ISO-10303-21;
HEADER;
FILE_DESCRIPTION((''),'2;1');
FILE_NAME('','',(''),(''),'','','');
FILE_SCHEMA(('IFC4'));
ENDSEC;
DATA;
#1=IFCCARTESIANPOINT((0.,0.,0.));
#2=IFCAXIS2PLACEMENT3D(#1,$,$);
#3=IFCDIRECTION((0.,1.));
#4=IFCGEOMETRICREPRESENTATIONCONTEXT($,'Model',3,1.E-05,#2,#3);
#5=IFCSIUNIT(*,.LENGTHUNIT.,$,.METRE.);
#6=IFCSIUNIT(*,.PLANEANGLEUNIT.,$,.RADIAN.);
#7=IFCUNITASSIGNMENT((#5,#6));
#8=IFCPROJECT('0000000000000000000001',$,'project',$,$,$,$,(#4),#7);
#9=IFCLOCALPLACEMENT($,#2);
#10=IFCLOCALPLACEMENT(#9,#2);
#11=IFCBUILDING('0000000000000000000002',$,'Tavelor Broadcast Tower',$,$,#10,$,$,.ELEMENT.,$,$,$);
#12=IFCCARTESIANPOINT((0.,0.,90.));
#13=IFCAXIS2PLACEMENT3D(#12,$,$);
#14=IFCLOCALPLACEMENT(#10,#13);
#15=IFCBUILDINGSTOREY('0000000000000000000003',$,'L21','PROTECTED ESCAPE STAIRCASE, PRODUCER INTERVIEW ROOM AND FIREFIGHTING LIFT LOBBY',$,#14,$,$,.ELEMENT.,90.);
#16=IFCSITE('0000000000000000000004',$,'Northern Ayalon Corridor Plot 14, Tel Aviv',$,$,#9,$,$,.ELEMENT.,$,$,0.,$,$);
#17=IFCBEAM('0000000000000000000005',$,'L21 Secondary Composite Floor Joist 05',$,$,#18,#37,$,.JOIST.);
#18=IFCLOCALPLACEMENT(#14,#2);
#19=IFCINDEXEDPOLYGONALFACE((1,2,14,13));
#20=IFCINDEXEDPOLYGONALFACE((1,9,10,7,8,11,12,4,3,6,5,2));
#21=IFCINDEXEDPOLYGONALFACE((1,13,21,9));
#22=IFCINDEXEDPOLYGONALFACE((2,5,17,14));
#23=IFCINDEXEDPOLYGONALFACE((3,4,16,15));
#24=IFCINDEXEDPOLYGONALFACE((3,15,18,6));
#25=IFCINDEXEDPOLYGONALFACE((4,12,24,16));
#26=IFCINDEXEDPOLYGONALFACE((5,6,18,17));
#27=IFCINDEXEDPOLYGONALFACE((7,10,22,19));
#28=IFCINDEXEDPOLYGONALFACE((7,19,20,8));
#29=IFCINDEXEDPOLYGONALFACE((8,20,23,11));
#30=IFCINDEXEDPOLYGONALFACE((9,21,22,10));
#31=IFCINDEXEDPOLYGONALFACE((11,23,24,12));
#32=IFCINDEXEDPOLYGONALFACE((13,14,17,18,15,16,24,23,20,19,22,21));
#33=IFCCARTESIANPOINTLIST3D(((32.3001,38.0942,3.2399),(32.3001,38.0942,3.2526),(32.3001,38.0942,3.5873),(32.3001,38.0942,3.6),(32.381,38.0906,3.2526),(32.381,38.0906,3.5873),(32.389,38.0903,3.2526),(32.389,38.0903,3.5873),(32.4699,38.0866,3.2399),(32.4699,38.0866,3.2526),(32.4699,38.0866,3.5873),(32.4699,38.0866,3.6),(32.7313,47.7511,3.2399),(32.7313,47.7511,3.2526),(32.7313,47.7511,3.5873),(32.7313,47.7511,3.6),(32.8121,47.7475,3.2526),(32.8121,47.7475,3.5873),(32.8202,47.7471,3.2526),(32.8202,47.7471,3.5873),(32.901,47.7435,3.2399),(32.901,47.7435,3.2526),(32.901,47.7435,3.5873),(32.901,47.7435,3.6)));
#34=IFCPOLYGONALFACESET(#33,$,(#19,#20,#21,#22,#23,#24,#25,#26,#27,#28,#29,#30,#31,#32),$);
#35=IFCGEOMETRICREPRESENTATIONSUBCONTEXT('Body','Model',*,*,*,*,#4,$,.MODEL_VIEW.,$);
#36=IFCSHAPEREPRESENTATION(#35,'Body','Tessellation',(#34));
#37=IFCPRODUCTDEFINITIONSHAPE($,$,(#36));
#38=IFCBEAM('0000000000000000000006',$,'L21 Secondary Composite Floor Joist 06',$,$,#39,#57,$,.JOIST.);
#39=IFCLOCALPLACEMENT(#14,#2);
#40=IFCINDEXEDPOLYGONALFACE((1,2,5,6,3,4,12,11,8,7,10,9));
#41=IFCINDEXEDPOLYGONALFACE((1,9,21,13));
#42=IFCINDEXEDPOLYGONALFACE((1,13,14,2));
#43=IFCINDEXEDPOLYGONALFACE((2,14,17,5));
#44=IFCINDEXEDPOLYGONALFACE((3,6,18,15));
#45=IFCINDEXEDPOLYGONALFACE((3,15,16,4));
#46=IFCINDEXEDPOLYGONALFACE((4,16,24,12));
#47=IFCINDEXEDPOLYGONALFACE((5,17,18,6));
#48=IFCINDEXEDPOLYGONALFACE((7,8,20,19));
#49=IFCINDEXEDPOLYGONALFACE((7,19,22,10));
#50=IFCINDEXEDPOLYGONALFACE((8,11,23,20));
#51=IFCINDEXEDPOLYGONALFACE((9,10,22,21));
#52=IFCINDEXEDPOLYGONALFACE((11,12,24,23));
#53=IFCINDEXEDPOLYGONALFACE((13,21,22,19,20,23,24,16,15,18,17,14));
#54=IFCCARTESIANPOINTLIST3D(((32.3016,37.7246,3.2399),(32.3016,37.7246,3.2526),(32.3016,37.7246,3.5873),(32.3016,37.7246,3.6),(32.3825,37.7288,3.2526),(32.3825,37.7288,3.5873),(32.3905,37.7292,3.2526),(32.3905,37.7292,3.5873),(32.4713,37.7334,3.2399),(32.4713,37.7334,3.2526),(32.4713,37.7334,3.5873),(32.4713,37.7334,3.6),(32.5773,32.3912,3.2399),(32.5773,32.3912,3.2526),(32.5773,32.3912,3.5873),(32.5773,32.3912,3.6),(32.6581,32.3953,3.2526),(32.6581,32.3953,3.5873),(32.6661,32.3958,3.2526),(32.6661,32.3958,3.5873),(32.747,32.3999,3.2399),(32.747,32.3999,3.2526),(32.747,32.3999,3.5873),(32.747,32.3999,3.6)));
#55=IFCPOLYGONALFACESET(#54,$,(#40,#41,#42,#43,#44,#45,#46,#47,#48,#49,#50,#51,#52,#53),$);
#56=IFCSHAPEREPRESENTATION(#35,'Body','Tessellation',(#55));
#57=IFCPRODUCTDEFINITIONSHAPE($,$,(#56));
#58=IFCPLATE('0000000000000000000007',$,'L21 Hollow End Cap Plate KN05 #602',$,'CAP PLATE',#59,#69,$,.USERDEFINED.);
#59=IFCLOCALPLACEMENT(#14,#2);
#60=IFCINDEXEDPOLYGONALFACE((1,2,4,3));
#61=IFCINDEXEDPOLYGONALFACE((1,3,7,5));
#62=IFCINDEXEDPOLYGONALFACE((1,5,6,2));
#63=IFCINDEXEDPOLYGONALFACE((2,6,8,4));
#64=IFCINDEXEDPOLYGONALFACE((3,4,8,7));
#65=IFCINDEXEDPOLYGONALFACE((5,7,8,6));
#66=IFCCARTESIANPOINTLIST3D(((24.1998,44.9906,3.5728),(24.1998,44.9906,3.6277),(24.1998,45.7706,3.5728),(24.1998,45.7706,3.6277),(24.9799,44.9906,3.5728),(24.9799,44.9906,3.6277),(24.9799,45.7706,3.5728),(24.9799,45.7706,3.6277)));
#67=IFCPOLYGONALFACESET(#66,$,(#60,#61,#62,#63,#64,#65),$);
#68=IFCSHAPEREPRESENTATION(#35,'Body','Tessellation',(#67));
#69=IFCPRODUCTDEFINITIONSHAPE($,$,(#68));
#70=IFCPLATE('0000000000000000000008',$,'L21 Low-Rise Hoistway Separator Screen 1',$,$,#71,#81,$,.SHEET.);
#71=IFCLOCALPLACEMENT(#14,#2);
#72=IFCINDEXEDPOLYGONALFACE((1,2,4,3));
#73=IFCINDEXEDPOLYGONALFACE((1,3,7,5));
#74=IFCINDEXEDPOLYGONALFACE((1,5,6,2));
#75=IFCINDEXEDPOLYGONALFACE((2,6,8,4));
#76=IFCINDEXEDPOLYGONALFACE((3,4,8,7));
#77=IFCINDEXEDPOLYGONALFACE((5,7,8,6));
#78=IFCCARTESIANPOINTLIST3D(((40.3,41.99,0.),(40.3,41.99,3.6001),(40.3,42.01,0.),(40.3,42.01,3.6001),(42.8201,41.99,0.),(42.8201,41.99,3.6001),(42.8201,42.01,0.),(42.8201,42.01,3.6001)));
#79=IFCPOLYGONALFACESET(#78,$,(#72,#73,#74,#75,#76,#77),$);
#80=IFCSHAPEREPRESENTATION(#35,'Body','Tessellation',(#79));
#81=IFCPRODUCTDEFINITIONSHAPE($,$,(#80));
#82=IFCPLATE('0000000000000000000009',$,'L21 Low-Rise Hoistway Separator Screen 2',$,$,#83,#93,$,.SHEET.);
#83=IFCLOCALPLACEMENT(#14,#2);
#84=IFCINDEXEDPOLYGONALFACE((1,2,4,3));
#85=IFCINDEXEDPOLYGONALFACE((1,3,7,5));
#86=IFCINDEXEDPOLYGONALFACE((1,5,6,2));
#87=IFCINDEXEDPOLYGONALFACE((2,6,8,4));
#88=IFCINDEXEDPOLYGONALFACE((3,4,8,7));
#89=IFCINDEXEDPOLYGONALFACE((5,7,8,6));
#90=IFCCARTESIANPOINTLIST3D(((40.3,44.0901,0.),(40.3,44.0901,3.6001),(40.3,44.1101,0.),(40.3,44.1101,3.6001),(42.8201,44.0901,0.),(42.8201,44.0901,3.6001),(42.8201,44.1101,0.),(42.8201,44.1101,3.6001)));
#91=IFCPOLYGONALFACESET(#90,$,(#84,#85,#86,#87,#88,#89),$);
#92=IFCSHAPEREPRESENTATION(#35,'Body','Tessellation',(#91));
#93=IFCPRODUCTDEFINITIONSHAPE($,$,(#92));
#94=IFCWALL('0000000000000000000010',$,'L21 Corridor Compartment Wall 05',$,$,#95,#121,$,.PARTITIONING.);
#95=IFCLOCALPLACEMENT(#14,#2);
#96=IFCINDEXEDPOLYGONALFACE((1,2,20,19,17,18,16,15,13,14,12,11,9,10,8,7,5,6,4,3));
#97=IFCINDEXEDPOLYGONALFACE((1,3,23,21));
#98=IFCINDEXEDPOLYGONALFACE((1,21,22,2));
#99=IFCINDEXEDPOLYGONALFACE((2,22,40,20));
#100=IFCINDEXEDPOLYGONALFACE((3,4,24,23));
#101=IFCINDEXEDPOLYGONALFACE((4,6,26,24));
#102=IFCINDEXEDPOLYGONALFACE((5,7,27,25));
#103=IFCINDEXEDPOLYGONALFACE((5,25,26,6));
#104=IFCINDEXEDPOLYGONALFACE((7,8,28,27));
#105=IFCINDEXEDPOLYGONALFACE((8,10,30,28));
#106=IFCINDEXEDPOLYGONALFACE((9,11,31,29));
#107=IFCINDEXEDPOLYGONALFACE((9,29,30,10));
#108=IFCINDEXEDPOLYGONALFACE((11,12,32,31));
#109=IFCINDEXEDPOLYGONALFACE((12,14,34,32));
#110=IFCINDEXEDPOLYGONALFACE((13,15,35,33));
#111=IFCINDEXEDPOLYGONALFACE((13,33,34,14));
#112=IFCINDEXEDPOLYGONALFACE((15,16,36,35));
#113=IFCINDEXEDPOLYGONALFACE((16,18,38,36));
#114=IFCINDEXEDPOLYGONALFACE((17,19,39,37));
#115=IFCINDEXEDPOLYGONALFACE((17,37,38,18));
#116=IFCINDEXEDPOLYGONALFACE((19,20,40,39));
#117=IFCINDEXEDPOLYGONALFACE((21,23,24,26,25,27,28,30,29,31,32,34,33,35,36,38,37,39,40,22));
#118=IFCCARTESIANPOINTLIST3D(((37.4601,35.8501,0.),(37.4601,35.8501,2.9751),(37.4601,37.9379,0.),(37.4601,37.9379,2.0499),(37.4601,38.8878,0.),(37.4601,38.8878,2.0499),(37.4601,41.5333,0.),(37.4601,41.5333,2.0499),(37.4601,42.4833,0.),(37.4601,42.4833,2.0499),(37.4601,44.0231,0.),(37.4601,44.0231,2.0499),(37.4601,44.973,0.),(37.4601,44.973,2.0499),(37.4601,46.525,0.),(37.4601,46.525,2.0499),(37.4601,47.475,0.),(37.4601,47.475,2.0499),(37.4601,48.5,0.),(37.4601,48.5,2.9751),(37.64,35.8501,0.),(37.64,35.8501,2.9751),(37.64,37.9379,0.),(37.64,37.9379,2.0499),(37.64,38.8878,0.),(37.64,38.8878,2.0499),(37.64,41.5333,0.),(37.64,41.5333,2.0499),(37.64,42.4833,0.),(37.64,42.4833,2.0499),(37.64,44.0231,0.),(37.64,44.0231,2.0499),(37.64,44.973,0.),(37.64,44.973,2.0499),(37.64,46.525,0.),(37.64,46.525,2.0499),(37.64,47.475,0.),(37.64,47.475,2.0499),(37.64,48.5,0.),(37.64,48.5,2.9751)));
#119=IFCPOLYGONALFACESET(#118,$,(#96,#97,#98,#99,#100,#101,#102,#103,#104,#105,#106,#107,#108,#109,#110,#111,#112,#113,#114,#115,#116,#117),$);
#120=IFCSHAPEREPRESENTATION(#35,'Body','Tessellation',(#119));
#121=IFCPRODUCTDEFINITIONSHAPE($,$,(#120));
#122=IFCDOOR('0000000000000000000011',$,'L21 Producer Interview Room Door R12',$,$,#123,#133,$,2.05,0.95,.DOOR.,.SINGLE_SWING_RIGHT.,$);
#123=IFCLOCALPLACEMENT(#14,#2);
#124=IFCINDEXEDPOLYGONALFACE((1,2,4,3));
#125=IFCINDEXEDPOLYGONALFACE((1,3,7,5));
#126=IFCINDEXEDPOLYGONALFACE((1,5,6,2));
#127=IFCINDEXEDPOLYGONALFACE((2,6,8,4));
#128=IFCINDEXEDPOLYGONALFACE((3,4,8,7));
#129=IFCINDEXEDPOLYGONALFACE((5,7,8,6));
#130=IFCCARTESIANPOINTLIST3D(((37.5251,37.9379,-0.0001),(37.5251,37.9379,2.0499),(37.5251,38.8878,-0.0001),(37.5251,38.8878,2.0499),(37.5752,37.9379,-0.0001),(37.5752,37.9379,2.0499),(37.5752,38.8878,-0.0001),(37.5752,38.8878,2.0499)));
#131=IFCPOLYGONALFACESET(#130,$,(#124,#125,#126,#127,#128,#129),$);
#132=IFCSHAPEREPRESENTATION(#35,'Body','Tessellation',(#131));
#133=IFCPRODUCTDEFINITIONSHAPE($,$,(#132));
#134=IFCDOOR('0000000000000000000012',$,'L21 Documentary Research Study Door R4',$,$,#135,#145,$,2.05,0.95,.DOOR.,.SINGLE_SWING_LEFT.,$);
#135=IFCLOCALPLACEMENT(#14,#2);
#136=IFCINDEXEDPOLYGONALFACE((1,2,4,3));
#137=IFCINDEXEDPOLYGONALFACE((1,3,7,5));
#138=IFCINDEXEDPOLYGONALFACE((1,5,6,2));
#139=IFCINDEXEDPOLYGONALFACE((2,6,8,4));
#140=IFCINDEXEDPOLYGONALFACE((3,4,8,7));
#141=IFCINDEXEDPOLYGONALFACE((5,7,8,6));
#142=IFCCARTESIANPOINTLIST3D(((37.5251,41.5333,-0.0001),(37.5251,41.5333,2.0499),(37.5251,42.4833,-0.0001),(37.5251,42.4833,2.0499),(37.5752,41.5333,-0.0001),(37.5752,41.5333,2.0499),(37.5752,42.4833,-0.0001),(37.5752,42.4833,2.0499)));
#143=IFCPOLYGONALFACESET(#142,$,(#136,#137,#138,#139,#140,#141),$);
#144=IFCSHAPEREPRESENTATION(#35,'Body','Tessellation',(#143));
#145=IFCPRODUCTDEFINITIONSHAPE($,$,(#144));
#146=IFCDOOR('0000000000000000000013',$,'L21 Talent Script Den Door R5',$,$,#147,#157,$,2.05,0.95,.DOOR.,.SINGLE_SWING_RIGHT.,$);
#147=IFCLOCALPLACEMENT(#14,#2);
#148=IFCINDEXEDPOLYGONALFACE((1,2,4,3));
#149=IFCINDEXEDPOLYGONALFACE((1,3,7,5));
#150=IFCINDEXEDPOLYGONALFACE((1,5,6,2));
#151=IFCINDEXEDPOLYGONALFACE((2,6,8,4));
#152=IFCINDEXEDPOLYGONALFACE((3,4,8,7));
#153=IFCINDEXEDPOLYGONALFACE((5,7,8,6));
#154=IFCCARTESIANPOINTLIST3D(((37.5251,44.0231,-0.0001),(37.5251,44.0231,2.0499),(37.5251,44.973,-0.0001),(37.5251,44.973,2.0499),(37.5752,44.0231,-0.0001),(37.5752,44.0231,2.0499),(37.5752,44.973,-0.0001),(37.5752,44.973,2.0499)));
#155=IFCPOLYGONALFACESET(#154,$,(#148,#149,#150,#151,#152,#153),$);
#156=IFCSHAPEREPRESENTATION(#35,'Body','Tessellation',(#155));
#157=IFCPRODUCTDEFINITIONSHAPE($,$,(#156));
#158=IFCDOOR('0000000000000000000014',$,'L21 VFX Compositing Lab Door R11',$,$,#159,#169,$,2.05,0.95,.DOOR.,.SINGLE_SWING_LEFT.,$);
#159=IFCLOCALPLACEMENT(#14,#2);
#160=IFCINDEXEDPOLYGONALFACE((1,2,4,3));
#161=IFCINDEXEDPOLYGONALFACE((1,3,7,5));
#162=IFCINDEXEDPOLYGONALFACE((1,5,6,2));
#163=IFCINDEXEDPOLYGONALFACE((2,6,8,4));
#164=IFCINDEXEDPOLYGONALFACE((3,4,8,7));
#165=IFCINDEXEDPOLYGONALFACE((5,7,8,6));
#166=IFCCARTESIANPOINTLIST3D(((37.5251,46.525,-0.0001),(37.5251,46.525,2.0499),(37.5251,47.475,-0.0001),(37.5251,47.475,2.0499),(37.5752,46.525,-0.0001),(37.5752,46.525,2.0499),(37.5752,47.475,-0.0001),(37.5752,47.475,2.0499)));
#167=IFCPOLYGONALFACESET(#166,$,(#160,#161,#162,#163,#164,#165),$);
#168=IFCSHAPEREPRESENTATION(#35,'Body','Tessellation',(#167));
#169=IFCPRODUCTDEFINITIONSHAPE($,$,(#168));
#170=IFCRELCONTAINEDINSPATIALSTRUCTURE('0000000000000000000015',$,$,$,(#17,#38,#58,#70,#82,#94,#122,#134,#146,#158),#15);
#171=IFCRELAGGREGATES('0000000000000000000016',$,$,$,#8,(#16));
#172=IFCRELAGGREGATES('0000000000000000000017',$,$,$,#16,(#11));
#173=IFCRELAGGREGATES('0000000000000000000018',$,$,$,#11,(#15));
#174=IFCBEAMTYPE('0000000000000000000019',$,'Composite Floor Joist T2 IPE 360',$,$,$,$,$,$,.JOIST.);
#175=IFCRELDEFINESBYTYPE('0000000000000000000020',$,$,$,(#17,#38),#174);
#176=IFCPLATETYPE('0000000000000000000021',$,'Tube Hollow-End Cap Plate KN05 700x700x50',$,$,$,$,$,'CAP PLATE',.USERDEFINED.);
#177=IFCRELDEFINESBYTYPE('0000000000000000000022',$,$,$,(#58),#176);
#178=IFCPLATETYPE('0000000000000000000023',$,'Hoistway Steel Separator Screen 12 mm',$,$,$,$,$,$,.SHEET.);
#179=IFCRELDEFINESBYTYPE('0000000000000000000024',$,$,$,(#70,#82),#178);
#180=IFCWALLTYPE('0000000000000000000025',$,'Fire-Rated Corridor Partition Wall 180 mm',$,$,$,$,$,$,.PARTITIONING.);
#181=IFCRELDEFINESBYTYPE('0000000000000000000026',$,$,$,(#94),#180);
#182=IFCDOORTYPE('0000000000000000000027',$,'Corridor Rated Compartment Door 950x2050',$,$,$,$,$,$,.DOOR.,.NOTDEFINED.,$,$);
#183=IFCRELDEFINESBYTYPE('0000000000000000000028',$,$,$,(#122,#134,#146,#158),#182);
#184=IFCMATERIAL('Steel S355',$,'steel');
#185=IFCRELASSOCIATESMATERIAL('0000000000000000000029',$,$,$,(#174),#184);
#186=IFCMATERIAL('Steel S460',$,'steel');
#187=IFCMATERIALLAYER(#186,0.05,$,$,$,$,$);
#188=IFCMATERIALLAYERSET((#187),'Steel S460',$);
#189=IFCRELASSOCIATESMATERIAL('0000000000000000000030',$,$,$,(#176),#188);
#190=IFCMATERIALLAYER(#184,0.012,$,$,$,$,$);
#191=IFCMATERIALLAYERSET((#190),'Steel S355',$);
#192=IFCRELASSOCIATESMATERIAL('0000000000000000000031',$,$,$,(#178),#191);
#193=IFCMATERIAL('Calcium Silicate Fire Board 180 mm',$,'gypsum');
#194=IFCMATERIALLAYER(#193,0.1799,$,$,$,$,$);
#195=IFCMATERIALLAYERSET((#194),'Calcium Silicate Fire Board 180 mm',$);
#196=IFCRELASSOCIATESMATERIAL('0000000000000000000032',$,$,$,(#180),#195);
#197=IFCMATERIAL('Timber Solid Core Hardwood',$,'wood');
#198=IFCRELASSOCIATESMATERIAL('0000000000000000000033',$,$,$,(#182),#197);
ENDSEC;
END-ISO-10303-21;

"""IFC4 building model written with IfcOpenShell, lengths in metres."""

from ifc_helpers import new_model, si_unit, direction, frame, frame_2d, origin, origin_2d, place, context, subcontext, project, spatial, rectangle, i_section, extrude, source, transform, mapped, material, layer, layer_set, material_profile, profile_set, type_object, type_shapes, element, fill, save


model = new_model("IFC4")

# Units and contexts
model_context = context("Model", 3, precision=1e-05, world=origin(), true_north=direction((0.0, 1.0)))
body_context = subcontext(model_context, "Body", "Model", "MODEL_VIEW")
ifc_project = project(units=[si_unit("LENGTHUNIT", "METRE"), si_unit("PLANEANGLEUNIT", "RADIAN")], contexts=[model_context])

# Site, building, storey
site_placement = place(None, origin())
site = spatial("IfcSite", under=ifc_project, at=site_placement, Name="Northern Ayalon Corridor Plot 14, Tel Aviv", CompositionType="ELEMENT", RefElevation=0.0)
building_placement = place(site_placement, origin())
building = spatial("IfcBuilding", under=site, at=building_placement, Name="Tavelor Broadcast Tower", CompositionType="ELEMENT")
storey_placement = place(building_placement, frame((0.0, 0.0, 90.0)))
storey = spatial("IfcBuildingStorey", under=building, at=storey_placement, Name="L21", Description="PROTECTED ESCAPE STAIRCASE, PRODUCER INTERVIEW ROOM AND FIREFIGHTING LIFT LOBBY", CompositionType="ELEMENT", Elevation=90.0)

# Beams
ifc_material_1 = material(Name="Steel S355", Category="steel")
ifc_material_profile = material_profile(ifc_material_1, i_section(OverallWidth=0.1699, OverallDepth=0.3601, WebThickness=0.0081, FlangeThickness=0.0127, at=origin_2d()), Name="IPE 360")
ifc_profile_set = profile_set([ifc_material_profile], Name="Steel S355")
beam_type = type_object("IfcBeamType", Name="Composite Floor Joist T2 IPE 360", PredefinedType="JOIST", material=ifc_profile_set)
beam_1_placement = place(storey_placement, frame((32.8162, 47.7473, 3.4199), z_axis=(-0.044602, -0.999005, 0.0), x_axis=(0.999005, -0.044602, 0.0)))
element("IfcBeam", 1, at=beam_1_placement, inside=storey, type_object=beam_type, Name="L21 Secondary Composite Floor Joist 05", PredefinedType="JOIST", context=body_context, shape_type="SweptSolid", body=[
    extrude(i_section(OverallWidth=0.1699, OverallDepth=0.3601, WebThickness=0.0081, FlangeThickness=0.0127, at=origin_2d()), origin(), (0.0, 0.0, 1.0), 9.6665),
])
beam_2_placement = place(storey_placement, frame((32.3865, 37.729, 3.4199), z_axis=(0.051611, -0.998667, 0.0), x_axis=(0.998667, 0.051611, 0.0)))
element("IfcBeam", 2, at=beam_2_placement, inside=storey, type_object=beam_type, Name="L21 Secondary Composite Floor Joist 06", PredefinedType="JOIST", context=body_context, shape_type="SweptSolid", body=[
    extrude(i_section(OverallWidth=0.1699, OverallDepth=0.3601, WebThickness=0.0081, FlangeThickness=0.0127, at=origin_2d()), origin(), (0.0, 0.0, 1.0), 5.3406),
])

# Plates
ifc_material_2 = material(Name="Steel S460", Category="steel")
ifc_layer_1 = layer(ifc_material_2, 0.05)
ifc_layer_set_1 = layer_set([ifc_layer_1], Name="Steel S460")
plate_type_1 = type_object("IfcPlateType", Name="Tube Hollow-End Cap Plate KN05 700x700x50", ElementType="CAP PLATE", PredefinedType="USERDEFINED", material=ifc_layer_set_1)
shared_shape_1 = source(origin(), body_context, "Body", "SweptSolid", [
    extrude(rectangle(XDim=0.78, YDim=0.78, at=origin_2d()), origin(), (0.0, 0.0, 1.0), 0.0549),
])
type_shapes(plate_type_1, [shared_shape_1])
plate_placement = place(storey_placement, frame((24.5898, 45.3806, 3.5728), z_axis=(0.0, 0.0, 1.0), x_axis=(1.0, 0.0, 0.0)))
element("IfcPlate", 3, at=plate_placement, inside=storey, type_object=plate_type_1, Name="L21 Hollow End Cap Plate KN05 #602", ObjectType="CAP PLATE", PredefinedType="USERDEFINED", context=body_context, shape_type="MappedRepresentation", body=[
    mapped(shared_shape_1, transform((0.0, 0.0, 0.0), scale=1.0)),
])
ifc_layer_2 = layer(ifc_material_1, 0.012)
ifc_layer_set_2 = layer_set([ifc_layer_2], Name="Steel S355")
plate_type_2 = type_object("IfcPlateType", Name="Hoistway Steel Separator Screen 12 mm", PredefinedType="SHEET", material=ifc_layer_set_2)
shared_shape_2 = source(origin(), body_context, "Body", "SweptSolid", [
    extrude(rectangle(XDim=2.52, YDim=0.02, at=origin_2d()), origin(), (0.0, 0.0, 1.0), 3.6001),
])
type_shapes(plate_type_2, [shared_shape_2])
for number, where, z_axis, x_axis, name in (
    (4, (41.5601, 42.0, 0.0), (0.0, 0.0, 1.0), (1.0, 0.0, 0.0), "L21 Low-Rise Hoistway Separator Screen 1"),
    (5, (41.5601, 44.1001, 0.0), (0.0, 0.0, 1.0), (1.0, 0.0, 0.0), "L21 Low-Rise Hoistway Separator Screen 2"),
):
    element("IfcPlate", number, at=place(storey_placement, frame(where, z_axis=z_axis, x_axis=x_axis)), inside=storey, type_object=plate_type_2, Name=name, PredefinedType="SHEET", context=body_context, shape_type="MappedRepresentation", body=[
        mapped(shared_shape_2, transform((0.0, 0.0, 0.0), scale=1.0)),
    ])

# Wall, openings, doors
ifc_material_3 = material(Name="Calcium Silicate Fire Board 180 mm", Category="gypsum")
ifc_layer_3 = layer(ifc_material_3, 0.1799)
ifc_layer_set_3 = layer_set([ifc_layer_3], Name="Calcium Silicate Fire Board 180 mm")
wall_type_1 = type_object("IfcWallType", Name="Fire-Rated Corridor Partition Wall 180 mm", PredefinedType="PARTITIONING", material=ifc_layer_set_3)
wall_1_placement = place(storey_placement, frame((37.55, 35.8501, 0.0), z_axis=(0.0, 0.0, 1.0), x_axis=(0.0, 1.0, 0.0)))
wall_1 = element("IfcWall", 6, at=wall_1_placement, inside=storey, type_object=wall_type_1, Name="L21 Corridor Compartment Wall 05", PredefinedType="PARTITIONING", context=body_context, shape_type="SweptSolid", body=[
    extrude(rectangle(XDim=12.6499, YDim=0.1799, at=frame_2d((6.325, 0.0))), origin(), (0.0, 0.0, 1.0), 2.9751),
])
opening_1_placement = place(wall_1_placement, frame((2.0876, 0.0, 0.0)))
opening_1 = element("IfcOpeningElement", 7, at=opening_1_placement, cuts=wall_1, PredefinedType="OPENING", context=body_context, shape_type="SweptSolid", body=[
    extrude(rectangle(XDim=0.95, YDim=2.05, at=frame_2d((0.4751, 1.0249))), frame((0.0, 0.1001, 0.0), z_axis=(0.0, -1.0, 0.0), x_axis=(1.0, 0.0, 0.0)), (0.0, 0.0, 1.0), 0.2),
])
opening_2_placement = place(wall_1_placement, frame((5.6831, 0.0, 0.0)))
opening_2 = element("IfcOpeningElement", 8, at=opening_2_placement, cuts=wall_1, PredefinedType="OPENING", context=body_context, shape_type="SweptSolid", body=[
    extrude(rectangle(XDim=0.95, YDim=2.05, at=frame_2d((0.4751, 1.0249))), frame((0.0, 0.1001, 0.0), z_axis=(0.0, -1.0, 0.0), x_axis=(1.0, 0.0, 0.0)), (0.0, 0.0, 1.0), 0.2),
])
opening_3_placement = place(wall_1_placement, frame((8.1729, 0.0, 0.0)))
opening_3 = element("IfcOpeningElement", 9, at=opening_3_placement, cuts=wall_1, PredefinedType="OPENING", context=body_context, shape_type="SweptSolid", body=[
    extrude(rectangle(XDim=0.95, YDim=2.05, at=frame_2d((0.4751, 1.0249))), frame((0.0, 0.1001, 0.0), z_axis=(0.0, -1.0, 0.0), x_axis=(1.0, 0.0, 0.0)), (0.0, 0.0, 1.0), 0.2),
])
opening_4_placement = place(wall_1_placement, frame((10.6748, 0.0, 0.0)))
opening_4 = element("IfcOpeningElement", 10, at=opening_4_placement, cuts=wall_1, PredefinedType="OPENING", context=body_context, shape_type="SweptSolid", body=[
    extrude(rectangle(XDim=0.95, YDim=2.05, at=frame_2d((0.4751, 1.0249))), frame((0.0, 0.1001, 0.0), z_axis=(0.0, -1.0, 0.0), x_axis=(1.0, 0.0, 0.0)), (0.0, 0.0, 1.0), 0.2),
])
ifc_material_4 = material(Name="Timber Solid Core Hardwood", Category="wood")
door_type_1 = type_object("IfcDoorType", Name="Corridor Rated Compartment Door 950x2050", OperationType="NOTDEFINED", PredefinedType="DOOR", material=ifc_material_4)
door_1_placement = place(opening_1_placement, origin())
door_1 = element("IfcDoor", 11, at=door_1_placement, inside=storey, type_object=door_type_1, Name="L21 Producer Interview Room Door R12", OperationType="SINGLE_SWING_RIGHT", OverallHeight=2.05, OverallWidth=0.95, PredefinedType="DOOR", context=body_context, shape_type="SweptSolid", body=[
    extrude(rectangle(XDim=0.95, YDim=2.05, at=frame_2d((0.4751, 1.0249))), frame((0.0, 0.0249, 0.0), z_axis=(0.0, -1.0, 0.0), x_axis=(1.0, 0.0, 0.0)), (0.0, 0.0, 1.0), 0.05),
])
fill(opening_1, door_1)
door_2_placement = place(opening_2_placement, origin())
door_2 = element("IfcDoor", 12, at=door_2_placement, inside=storey, type_object=door_type_1, Name="L21 Documentary Research Study Door R4", OperationType="SINGLE_SWING_LEFT", OverallHeight=2.05, OverallWidth=0.95, PredefinedType="DOOR", context=body_context, shape_type="SweptSolid", body=[
    extrude(rectangle(XDim=0.95, YDim=2.05, at=frame_2d((0.4751, 1.0249))), frame((0.0, 0.0249, 0.0), z_axis=(0.0, -1.0, 0.0), x_axis=(1.0, 0.0, 0.0)), (0.0, 0.0, 1.0), 0.05),
])
fill(opening_2, door_2)
door_3_placement = place(opening_3_placement, origin())
door_3 = element("IfcDoor", 13, at=door_3_placement, inside=storey, type_object=door_type_1, Name="L21 Talent Script Den Door R5", OperationType="SINGLE_SWING_RIGHT", OverallHeight=2.05, OverallWidth=0.95, PredefinedType="DOOR", context=body_context, shape_type="SweptSolid", body=[
    extrude(rectangle(XDim=0.95, YDim=2.05, at=frame_2d((0.4751, 1.0249))), frame((0.0, 0.0249, 0.0), z_axis=(0.0, -1.0, 0.0), x_axis=(1.0, 0.0, 0.0)), (0.0, 0.0, 1.0), 0.05),
])
fill(opening_3, door_3)
door_4_placement = place(opening_4_placement, origin())
door_4 = element("IfcDoor", 14, at=door_4_placement, inside=storey, type_object=door_type_1, Name="L21 VFX Compositing Lab Door R11", OperationType="SINGLE_SWING_LEFT", OverallHeight=2.05, OverallWidth=0.95, PredefinedType="DOOR", context=body_context, shape_type="SweptSolid", body=[
    extrude(rectangle(XDim=0.95, YDim=2.05, at=frame_2d((0.4751, 1.0249))), frame((0.0, 0.0249, 0.0), z_axis=(0.0, -1.0, 0.0), x_axis=(1.0, 0.0, 0.0)), (0.0, 0.0, 1.0), 0.05),
])
fill(opening_4, door_4)

save(model, "model.ifc")
